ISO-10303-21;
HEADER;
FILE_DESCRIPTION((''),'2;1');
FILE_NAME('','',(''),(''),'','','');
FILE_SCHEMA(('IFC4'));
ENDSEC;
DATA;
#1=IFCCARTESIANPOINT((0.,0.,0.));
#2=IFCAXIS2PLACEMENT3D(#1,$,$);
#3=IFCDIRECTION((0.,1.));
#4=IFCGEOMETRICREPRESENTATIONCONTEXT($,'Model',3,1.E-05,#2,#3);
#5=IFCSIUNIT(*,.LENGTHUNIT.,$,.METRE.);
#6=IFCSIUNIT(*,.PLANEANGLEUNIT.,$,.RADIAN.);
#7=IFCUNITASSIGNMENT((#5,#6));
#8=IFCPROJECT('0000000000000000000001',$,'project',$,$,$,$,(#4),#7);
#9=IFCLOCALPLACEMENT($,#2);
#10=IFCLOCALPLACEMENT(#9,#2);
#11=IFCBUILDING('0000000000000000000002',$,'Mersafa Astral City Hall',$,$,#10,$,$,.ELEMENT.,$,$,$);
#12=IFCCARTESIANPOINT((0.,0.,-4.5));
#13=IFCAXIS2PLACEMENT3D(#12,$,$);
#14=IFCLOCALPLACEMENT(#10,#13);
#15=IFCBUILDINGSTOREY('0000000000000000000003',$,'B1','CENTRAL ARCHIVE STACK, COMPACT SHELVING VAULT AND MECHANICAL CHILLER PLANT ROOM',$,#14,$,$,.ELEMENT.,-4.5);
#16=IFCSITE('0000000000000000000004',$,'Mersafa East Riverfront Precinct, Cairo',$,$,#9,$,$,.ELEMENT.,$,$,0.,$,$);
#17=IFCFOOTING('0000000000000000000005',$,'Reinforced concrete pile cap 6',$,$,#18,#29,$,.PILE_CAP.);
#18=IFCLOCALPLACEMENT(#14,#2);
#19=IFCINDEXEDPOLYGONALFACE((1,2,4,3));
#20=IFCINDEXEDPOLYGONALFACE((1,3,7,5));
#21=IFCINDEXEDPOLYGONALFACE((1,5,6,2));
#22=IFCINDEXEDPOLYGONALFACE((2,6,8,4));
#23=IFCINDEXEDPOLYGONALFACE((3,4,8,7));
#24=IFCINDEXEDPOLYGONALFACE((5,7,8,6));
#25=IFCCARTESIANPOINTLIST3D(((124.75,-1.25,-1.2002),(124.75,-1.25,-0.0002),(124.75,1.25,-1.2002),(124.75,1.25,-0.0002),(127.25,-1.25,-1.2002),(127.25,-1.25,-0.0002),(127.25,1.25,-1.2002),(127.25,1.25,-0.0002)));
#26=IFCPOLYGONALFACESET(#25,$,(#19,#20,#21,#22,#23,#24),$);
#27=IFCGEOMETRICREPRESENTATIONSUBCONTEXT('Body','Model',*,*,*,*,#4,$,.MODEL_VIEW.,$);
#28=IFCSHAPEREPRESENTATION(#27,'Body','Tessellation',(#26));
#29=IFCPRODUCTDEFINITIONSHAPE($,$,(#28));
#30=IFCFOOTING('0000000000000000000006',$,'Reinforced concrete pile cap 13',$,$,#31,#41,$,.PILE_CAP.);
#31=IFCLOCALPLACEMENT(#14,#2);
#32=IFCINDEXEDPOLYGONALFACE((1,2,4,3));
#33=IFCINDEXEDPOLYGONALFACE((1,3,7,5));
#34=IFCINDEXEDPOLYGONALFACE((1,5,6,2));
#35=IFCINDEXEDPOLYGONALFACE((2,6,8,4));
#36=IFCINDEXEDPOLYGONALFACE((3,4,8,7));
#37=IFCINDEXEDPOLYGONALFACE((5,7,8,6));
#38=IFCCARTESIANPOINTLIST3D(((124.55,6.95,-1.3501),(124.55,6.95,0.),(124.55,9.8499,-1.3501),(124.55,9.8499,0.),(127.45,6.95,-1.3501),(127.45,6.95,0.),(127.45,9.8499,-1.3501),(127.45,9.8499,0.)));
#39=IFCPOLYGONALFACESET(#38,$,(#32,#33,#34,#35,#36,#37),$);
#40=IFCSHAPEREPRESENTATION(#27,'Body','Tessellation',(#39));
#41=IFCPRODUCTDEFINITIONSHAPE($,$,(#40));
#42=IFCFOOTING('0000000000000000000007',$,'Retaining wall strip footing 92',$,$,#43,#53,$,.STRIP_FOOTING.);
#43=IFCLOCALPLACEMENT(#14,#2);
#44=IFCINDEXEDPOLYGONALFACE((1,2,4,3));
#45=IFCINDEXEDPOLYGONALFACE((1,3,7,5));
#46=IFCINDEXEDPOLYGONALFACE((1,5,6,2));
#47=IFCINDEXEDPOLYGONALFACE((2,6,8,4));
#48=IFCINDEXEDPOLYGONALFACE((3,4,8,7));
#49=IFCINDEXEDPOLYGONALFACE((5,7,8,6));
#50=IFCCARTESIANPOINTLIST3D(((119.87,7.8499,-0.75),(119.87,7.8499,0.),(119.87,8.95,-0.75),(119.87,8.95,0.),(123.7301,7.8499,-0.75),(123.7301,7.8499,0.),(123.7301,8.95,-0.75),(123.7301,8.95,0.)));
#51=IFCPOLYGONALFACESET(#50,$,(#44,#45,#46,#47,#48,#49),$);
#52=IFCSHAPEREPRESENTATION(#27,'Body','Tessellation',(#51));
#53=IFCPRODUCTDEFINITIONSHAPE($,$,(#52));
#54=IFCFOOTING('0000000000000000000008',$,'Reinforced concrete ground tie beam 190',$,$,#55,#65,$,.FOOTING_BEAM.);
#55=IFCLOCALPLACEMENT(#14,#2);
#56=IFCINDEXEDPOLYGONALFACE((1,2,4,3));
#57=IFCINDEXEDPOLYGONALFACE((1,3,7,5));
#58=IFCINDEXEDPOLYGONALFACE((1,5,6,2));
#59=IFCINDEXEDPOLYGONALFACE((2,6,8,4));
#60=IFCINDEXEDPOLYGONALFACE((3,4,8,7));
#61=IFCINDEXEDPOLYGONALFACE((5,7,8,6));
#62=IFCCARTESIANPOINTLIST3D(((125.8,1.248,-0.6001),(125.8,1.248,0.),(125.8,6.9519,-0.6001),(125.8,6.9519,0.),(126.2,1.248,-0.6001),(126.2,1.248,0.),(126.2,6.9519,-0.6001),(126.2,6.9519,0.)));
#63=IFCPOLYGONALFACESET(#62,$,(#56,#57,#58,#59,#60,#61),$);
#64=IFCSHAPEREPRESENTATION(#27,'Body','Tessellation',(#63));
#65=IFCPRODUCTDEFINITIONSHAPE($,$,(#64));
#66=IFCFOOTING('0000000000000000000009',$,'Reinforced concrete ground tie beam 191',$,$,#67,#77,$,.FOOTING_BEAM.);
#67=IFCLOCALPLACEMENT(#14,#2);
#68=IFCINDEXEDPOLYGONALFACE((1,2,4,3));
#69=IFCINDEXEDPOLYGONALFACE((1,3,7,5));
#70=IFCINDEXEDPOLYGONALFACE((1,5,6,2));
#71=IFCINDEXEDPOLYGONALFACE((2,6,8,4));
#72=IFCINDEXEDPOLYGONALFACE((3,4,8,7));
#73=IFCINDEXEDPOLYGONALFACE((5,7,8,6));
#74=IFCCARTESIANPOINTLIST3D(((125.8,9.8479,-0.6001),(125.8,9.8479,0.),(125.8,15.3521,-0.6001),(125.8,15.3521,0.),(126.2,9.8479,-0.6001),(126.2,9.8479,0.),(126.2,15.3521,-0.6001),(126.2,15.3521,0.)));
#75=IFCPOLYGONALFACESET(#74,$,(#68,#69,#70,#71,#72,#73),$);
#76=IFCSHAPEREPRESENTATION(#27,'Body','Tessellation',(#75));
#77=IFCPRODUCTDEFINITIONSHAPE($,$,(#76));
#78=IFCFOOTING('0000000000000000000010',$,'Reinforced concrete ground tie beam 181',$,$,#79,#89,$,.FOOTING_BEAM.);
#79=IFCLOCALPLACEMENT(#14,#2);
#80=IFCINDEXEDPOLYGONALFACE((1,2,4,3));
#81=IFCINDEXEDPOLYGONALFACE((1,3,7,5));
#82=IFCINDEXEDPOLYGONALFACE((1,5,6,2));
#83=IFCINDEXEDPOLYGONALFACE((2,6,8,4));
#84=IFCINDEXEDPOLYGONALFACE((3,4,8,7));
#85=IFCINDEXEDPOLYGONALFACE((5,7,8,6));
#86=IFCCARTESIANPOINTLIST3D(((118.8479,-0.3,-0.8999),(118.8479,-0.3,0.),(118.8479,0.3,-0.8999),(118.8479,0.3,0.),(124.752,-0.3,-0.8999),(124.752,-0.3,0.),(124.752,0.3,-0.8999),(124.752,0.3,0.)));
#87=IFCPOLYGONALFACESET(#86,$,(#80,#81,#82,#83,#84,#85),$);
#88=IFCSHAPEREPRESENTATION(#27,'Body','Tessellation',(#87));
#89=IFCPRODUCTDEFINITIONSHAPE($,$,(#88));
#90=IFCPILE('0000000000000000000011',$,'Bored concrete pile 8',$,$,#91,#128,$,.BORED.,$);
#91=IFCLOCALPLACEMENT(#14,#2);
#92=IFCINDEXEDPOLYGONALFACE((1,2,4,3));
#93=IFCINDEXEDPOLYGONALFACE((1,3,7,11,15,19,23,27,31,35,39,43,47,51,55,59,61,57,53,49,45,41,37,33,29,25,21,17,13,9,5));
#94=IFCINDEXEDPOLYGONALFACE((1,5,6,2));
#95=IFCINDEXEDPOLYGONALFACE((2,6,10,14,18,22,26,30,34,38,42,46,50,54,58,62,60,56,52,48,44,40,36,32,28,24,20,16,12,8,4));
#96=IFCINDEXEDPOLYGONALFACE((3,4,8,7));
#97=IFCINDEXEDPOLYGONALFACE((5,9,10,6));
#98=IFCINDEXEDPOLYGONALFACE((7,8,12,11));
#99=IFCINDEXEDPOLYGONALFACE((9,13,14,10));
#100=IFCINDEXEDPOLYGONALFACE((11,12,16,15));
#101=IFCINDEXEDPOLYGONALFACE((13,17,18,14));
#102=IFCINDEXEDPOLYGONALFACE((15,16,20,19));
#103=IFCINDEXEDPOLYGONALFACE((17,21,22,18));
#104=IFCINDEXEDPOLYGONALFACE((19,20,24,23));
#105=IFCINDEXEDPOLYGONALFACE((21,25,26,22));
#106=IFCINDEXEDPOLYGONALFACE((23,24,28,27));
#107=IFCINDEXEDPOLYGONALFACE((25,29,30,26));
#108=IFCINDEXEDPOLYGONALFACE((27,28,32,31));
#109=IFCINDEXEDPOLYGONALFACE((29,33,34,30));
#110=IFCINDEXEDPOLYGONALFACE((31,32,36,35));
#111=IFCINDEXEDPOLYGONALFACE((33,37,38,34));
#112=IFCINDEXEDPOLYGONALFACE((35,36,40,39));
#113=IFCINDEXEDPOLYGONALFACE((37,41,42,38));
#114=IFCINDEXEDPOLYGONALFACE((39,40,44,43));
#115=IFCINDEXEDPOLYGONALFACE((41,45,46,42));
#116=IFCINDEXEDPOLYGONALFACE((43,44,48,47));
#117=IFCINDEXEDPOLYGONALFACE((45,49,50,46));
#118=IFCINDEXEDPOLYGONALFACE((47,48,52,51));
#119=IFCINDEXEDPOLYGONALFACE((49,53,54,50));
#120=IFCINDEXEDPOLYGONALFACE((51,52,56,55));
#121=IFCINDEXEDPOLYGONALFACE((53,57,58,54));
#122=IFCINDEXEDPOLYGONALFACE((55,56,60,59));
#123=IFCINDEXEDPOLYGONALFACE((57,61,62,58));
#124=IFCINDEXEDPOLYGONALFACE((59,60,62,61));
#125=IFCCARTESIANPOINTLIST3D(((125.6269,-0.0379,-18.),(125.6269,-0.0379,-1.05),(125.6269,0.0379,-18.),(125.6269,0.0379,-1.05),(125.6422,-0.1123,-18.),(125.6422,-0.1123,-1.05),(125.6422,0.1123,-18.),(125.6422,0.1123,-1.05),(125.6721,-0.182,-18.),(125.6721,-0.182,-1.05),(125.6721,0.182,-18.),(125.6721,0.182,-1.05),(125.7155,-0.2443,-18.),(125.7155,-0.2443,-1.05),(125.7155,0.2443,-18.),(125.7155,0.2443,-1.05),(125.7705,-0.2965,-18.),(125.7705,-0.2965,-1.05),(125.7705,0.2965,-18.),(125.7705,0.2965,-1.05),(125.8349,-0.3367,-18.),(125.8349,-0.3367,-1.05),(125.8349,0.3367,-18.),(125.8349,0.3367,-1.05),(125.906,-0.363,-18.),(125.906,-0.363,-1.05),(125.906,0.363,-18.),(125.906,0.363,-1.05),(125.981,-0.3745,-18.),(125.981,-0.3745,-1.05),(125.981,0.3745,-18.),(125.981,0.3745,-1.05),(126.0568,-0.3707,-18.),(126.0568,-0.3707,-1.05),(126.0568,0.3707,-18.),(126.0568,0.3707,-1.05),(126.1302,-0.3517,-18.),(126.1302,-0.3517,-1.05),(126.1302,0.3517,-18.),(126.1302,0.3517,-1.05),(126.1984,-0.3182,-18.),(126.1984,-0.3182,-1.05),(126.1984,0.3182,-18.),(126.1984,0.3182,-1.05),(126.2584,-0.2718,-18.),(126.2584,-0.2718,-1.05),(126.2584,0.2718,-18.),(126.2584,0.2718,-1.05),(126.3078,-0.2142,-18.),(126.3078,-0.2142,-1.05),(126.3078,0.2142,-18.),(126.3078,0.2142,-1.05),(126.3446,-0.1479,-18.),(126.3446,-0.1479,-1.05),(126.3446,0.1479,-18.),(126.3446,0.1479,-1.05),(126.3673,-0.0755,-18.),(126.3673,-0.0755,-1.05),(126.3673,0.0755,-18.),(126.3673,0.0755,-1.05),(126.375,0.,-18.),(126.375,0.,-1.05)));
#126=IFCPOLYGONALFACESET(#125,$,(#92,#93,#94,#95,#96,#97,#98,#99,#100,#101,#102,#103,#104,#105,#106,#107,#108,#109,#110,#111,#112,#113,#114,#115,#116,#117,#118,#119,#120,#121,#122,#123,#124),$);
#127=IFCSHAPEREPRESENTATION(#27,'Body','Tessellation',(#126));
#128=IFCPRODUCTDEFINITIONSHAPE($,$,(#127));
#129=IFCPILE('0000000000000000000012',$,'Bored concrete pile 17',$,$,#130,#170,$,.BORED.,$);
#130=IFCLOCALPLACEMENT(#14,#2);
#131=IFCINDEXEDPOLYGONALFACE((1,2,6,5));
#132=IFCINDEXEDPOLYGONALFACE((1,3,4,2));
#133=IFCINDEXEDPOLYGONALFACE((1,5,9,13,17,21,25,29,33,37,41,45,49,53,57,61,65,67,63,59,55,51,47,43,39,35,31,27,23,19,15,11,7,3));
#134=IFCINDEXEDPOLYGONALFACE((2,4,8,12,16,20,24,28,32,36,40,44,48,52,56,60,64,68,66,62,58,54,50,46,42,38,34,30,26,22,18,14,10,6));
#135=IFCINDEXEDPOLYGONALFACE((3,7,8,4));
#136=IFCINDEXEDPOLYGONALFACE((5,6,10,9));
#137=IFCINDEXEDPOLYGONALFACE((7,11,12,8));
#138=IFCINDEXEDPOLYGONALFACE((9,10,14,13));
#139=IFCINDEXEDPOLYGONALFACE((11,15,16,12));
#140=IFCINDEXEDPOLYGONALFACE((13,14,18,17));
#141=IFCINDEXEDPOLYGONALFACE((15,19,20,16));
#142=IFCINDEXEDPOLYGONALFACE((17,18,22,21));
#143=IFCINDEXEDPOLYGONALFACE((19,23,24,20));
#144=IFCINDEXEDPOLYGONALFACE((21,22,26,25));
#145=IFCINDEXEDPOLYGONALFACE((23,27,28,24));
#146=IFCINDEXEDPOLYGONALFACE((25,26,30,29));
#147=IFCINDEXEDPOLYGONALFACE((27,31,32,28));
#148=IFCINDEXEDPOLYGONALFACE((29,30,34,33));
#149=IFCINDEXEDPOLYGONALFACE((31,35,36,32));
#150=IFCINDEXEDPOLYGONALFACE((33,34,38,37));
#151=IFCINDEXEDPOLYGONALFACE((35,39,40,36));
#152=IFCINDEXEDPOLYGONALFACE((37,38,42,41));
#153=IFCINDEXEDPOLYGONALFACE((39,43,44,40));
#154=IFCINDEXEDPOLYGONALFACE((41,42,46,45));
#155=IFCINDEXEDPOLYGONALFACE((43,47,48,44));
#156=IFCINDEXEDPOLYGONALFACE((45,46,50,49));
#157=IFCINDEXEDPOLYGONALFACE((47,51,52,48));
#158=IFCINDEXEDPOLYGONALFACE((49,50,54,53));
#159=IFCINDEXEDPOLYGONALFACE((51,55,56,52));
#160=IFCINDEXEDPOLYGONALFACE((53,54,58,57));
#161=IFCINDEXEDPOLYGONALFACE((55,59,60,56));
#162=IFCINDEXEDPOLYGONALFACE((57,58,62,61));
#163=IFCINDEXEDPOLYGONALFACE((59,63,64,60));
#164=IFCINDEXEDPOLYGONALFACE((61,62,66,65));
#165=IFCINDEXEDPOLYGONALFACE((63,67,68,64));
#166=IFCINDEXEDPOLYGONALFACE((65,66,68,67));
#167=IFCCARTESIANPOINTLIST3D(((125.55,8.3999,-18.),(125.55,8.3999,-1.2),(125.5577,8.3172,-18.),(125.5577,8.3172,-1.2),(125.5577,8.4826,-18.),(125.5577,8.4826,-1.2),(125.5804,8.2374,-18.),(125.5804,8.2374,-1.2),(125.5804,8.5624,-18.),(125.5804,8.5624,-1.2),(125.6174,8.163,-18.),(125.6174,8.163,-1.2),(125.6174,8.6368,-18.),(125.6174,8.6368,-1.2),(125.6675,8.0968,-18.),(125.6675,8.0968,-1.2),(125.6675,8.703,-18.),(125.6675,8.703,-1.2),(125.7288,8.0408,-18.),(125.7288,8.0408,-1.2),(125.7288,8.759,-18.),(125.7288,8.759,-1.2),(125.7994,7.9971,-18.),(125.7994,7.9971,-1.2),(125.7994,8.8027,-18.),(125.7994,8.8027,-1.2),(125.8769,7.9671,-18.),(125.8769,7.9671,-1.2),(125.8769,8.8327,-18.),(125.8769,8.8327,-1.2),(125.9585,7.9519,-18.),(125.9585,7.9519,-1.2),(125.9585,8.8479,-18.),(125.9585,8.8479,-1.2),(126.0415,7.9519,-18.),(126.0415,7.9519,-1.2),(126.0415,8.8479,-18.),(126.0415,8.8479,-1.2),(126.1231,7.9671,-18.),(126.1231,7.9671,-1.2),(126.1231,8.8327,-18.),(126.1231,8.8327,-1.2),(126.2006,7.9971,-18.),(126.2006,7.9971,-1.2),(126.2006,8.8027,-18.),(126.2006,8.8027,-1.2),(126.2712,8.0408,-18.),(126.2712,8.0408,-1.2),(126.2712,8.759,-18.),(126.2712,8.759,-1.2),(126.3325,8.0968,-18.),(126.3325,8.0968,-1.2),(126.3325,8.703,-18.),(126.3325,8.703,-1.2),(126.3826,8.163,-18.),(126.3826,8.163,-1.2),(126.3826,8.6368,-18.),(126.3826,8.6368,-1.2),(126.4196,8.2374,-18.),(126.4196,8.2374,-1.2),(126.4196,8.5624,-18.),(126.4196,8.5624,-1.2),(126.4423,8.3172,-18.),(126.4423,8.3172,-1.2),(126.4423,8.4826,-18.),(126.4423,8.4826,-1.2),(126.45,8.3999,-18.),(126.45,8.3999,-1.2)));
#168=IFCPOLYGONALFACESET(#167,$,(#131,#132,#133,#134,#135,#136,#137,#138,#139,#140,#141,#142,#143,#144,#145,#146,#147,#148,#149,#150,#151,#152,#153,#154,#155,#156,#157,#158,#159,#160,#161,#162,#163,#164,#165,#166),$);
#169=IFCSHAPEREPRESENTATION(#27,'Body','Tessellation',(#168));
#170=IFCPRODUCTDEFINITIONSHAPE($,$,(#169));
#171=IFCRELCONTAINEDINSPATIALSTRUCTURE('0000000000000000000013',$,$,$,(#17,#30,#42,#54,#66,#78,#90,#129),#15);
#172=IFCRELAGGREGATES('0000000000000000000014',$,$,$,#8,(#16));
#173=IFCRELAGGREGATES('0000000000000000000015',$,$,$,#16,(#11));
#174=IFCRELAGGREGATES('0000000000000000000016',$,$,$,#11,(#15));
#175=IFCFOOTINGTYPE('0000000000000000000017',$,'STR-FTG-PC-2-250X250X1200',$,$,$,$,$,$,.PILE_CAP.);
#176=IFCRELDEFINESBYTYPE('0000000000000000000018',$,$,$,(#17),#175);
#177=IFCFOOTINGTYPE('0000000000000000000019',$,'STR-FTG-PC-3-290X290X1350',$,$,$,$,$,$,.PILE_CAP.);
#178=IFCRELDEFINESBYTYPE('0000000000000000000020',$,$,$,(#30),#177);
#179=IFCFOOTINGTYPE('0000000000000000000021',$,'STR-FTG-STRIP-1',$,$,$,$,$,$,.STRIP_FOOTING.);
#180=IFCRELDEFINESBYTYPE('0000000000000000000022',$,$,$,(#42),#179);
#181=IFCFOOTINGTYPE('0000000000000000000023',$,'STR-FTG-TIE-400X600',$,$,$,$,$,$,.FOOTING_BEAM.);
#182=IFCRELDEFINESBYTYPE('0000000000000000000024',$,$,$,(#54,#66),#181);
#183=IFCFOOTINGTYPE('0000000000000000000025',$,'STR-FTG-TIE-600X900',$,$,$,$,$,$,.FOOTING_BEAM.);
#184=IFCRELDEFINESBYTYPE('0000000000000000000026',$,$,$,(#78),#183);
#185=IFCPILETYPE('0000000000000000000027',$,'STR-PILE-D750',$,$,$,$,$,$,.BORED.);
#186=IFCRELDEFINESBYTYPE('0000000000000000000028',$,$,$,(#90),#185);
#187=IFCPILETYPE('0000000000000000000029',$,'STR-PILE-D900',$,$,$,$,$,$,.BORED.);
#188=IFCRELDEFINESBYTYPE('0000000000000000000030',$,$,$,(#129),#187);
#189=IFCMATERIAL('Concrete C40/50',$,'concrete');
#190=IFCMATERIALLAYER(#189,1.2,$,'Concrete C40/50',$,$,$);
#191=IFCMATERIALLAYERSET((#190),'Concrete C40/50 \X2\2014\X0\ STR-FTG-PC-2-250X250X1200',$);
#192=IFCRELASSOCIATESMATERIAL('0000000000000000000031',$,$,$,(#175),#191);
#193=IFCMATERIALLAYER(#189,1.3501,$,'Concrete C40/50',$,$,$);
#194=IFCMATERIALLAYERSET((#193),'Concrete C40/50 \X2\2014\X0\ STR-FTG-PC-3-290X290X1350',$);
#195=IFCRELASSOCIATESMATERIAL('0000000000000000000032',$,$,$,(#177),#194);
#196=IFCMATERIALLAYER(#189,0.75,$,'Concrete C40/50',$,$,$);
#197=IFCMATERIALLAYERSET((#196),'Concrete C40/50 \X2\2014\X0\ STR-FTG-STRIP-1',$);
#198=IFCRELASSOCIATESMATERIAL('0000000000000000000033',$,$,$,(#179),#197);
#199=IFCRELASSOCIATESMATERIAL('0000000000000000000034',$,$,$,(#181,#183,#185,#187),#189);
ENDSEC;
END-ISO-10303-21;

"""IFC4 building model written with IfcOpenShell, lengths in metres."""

from ifc_helpers import new_model, si_unit, direction, frame, origin, origin_2d, place, context, subcontext, project, spatial, rectangle, circle, extrude, material, layer, layer_set, material_profile, profile_set, type_object, element, save


model = new_model("IFC4")

# Units and contexts
model_context = context("Model", 3, precision=1e-05, world=origin(), true_north=direction((0.0, 1.0)))
body_context = subcontext(model_context, "Body", "Model", "MODEL_VIEW")
ifc_project = project(units=[si_unit("LENGTHUNIT", "METRE"), si_unit("PLANEANGLEUNIT", "RADIAN")], contexts=[model_context])

# Site, building, storey
site_placement = place(None, origin())
site = spatial("IfcSite", under=ifc_project, at=site_placement, Name="Mersafa East Riverfront Precinct, Cairo", CompositionType="ELEMENT", RefElevation=0.0)
building_placement = place(site_placement, origin())
building = spatial("IfcBuilding", under=site, at=building_placement, Name="Mersafa Astral City Hall", CompositionType="ELEMENT")
storey_placement = place(building_placement, frame((0.0, 0.0, -4.5)))
storey = spatial("IfcBuildingStorey", under=building, at=storey_placement, Name="B1", Description="CENTRAL ARCHIVE STACK, COMPACT SHELVING VAULT AND MECHANICAL CHILLER PLANT ROOM", CompositionType="ELEMENT", Elevation=-4.5)

# Footings
ifc_material_1 = material(Name="Concrete C40/50", Category="concrete")
ifc_layer_1 = layer(ifc_material_1, 1.2, Name="Concrete C40/50")
ifc_layer_set_1 = layer_set([ifc_layer_1], Name="Concrete C40/50 — STR-FTG-PC-2-250X250X1200")
footing_type_1 = type_object("IfcFootingType", Name="STR-FTG-PC-2-250X250X1200", PredefinedType="PILE_CAP", material=ifc_layer_set_1)
footing_1_placement = place(storey_placement, frame((126.0, 0.0, -1.2002), z_axis=(0.0, 0.0, 1.0), x_axis=(1.0, 0.0, 0.0)))
element("IfcFooting", 1, at=footing_1_placement, inside=storey, type_object=footing_type_1, Name="Reinforced concrete pile cap 6", PredefinedType="PILE_CAP", context=body_context, shape_type="SweptSolid", body=[
    extrude(rectangle(XDim=2.5, YDim=2.5, at=origin_2d()), origin(), (0.0, 0.0, 1.0), 1.2),
])
ifc_layer_2 = layer(ifc_material_1, 1.3501, Name="Concrete C40/50")
ifc_layer_set_2 = layer_set([ifc_layer_2], Name="Concrete C40/50 — STR-FTG-PC-3-290X290X1350")
footing_type_2 = type_object("IfcFootingType", Name="STR-FTG-PC-3-290X290X1350", PredefinedType="PILE_CAP", material=ifc_layer_set_2)
footing_2_placement = place(storey_placement, frame((126.0, 8.3999, -1.3501), z_axis=(0.0, 0.0, 1.0), x_axis=(1.0, 0.0, 0.0)))
element("IfcFooting", 2, at=footing_2_placement, inside=storey, type_object=footing_type_2, Name="Reinforced concrete pile cap 13", PredefinedType="PILE_CAP", context=body_context, shape_type="SweptSolid", body=[
    extrude(rectangle(XDim=2.8999, YDim=2.8999, at=origin_2d()), origin(), (0.0, 0.0, 1.0), 1.3501),
])
ifc_layer_3 = layer(ifc_material_1, 0.75, Name="Concrete C40/50")
ifc_layer_set_3 = layer_set([ifc_layer_3], Name="Concrete C40/50 — STR-FTG-STRIP-1")
footing_type_3 = type_object("IfcFootingType", Name="STR-FTG-STRIP-1", PredefinedType="STRIP_FOOTING", material=ifc_layer_set_3)
footing_3_placement = place(storey_placement, frame((121.8, 8.3999, -0.75), z_axis=(0.0, 0.0, 1.0), x_axis=(-1.0, 0.0, 0.0)))
element("IfcFooting", 3, at=footing_3_placement, inside=storey, type_object=footing_type_3, Name="Retaining wall strip footing 92", PredefinedType="STRIP_FOOTING", context=body_context, shape_type="SweptSolid", body=[
    extrude(rectangle(XDim=3.8601, YDim=1.1001, at=origin_2d()), origin(), (0.0, 0.0, 1.0), 0.75),
])
ifc_material_profile_1 = material_profile(ifc_material_1, rectangle(XDim=0.3999, YDim=0.6001, at=origin_2d()), Name="RC 400x600")
ifc_profile_set_1 = profile_set([ifc_material_profile_1], Name="Concrete C40/50")
footing_type_4 = type_object("IfcFootingType", Name="STR-FTG-TIE-400X600", PredefinedType="FOOTING_BEAM", material=ifc_profile_set_1)
footing_4_placement = place(storey_placement, frame((126.0, 1.248, -0.3), z_axis=(0.0, 1.0, 0.0), x_axis=(-1.0, 0.0, 0.0)))
element("IfcFooting", 4, at=footing_4_placement, inside=storey, type_object=footing_type_4, Name="Reinforced concrete ground tie beam 190", PredefinedType="FOOTING_BEAM", context=body_context, shape_type="SweptSolid", body=[
    extrude(rectangle(XDim=0.3999, YDim=0.6001, at=origin_2d()), origin(), (0.0, 0.0, 1.0), 5.7039),
])
footing_5_placement = place(storey_placement, frame((126.0, 9.8479, -0.3), z_axis=(0.0, 1.0, 0.0), x_axis=(-1.0, 0.0, 0.0)))
element("IfcFooting", 5, at=footing_5_placement, inside=storey, type_object=footing_type_4, Name="Reinforced concrete ground tie beam 191", PredefinedType="FOOTING_BEAM", context=body_context, shape_type="SweptSolid", body=[
    extrude(rectangle(XDim=0.3999, YDim=0.6001, at=origin_2d()), origin(), (0.0, 0.0, 1.0), 5.5042),
])
ifc_material_profile_2 = material_profile(ifc_material_1, rectangle(XDim=0.6001, YDim=0.8999, at=origin_2d()), Name="RC 600x900")
ifc_profile_set_2 = profile_set([ifc_material_profile_2], Name="Concrete C40/50")
footing_type_5 = type_object("IfcFootingType", Name="STR-FTG-TIE-600X900", PredefinedType="FOOTING_BEAM", material=ifc_profile_set_2)
footing_6_placement = place(storey_placement, frame((118.8479, 0.0, -0.45), z_axis=(1.0, 0.0, 0.0), x_axis=(0.0, 1.0, 0.0)))
element("IfcFooting", 6, at=footing_6_placement, inside=storey, type_object=footing_type_5, Name="Reinforced concrete ground tie beam 181", PredefinedType="FOOTING_BEAM", context=body_context, shape_type="SweptSolid", body=[
    extrude(rectangle(XDim=0.6001, YDim=0.8999, at=origin_2d()), origin(), (0.0, 0.0, 1.0), 5.9041),
])

# Piles
ifc_material_profile_3 = material_profile(ifc_material_1, circle(Radius=0.375, at=origin_2d()), Name="PILE D750")
ifc_profile_set_3 = profile_set([ifc_material_profile_3], Name="Concrete C40/50")
pile_type_1 = type_object("IfcPileType", Name="STR-PILE-D750", PredefinedType="BORED", material=ifc_profile_set_3)
pile_1_placement = place(storey_placement, frame((126.0, 0.0, -1.05), z_axis=(0.0, 0.0, -1.0), x_axis=(1.0, 0.0, 0.0)))
element("IfcPile", 7, at=pile_1_placement, inside=storey, type_object=pile_type_1, Name="Bored concrete pile 8", PredefinedType="BORED", context=body_context, shape_type="SweptSolid", body=[
    extrude(circle(Radius=0.375, at=origin_2d()), origin(), (0.0, 0.0, 1.0), 16.95),
])
ifc_material_profile_4 = material_profile(ifc_material_1, circle(Radius=0.45, at=origin_2d()), Name="PILE D900")
ifc_profile_set_4 = profile_set([ifc_material_profile_4], Name="Concrete C40/50")
pile_type_2 = type_object("IfcPileType", Name="STR-PILE-D900", PredefinedType="BORED", material=ifc_profile_set_4)
pile_2_placement = place(storey_placement, frame((126.0, 8.3999, -1.2), z_axis=(0.0, 0.0, -1.0), x_axis=(1.0, 0.0, 0.0)))
element("IfcPile", 8, at=pile_2_placement, inside=storey, type_object=pile_type_2, Name="Bored concrete pile 17", PredefinedType="BORED", context=body_context, shape_type="SweptSolid", body=[
    extrude(circle(Radius=0.45, at=origin_2d()), origin(), (0.0, 0.0, 1.0), 16.8),
])

save(model, "model.ifc")
